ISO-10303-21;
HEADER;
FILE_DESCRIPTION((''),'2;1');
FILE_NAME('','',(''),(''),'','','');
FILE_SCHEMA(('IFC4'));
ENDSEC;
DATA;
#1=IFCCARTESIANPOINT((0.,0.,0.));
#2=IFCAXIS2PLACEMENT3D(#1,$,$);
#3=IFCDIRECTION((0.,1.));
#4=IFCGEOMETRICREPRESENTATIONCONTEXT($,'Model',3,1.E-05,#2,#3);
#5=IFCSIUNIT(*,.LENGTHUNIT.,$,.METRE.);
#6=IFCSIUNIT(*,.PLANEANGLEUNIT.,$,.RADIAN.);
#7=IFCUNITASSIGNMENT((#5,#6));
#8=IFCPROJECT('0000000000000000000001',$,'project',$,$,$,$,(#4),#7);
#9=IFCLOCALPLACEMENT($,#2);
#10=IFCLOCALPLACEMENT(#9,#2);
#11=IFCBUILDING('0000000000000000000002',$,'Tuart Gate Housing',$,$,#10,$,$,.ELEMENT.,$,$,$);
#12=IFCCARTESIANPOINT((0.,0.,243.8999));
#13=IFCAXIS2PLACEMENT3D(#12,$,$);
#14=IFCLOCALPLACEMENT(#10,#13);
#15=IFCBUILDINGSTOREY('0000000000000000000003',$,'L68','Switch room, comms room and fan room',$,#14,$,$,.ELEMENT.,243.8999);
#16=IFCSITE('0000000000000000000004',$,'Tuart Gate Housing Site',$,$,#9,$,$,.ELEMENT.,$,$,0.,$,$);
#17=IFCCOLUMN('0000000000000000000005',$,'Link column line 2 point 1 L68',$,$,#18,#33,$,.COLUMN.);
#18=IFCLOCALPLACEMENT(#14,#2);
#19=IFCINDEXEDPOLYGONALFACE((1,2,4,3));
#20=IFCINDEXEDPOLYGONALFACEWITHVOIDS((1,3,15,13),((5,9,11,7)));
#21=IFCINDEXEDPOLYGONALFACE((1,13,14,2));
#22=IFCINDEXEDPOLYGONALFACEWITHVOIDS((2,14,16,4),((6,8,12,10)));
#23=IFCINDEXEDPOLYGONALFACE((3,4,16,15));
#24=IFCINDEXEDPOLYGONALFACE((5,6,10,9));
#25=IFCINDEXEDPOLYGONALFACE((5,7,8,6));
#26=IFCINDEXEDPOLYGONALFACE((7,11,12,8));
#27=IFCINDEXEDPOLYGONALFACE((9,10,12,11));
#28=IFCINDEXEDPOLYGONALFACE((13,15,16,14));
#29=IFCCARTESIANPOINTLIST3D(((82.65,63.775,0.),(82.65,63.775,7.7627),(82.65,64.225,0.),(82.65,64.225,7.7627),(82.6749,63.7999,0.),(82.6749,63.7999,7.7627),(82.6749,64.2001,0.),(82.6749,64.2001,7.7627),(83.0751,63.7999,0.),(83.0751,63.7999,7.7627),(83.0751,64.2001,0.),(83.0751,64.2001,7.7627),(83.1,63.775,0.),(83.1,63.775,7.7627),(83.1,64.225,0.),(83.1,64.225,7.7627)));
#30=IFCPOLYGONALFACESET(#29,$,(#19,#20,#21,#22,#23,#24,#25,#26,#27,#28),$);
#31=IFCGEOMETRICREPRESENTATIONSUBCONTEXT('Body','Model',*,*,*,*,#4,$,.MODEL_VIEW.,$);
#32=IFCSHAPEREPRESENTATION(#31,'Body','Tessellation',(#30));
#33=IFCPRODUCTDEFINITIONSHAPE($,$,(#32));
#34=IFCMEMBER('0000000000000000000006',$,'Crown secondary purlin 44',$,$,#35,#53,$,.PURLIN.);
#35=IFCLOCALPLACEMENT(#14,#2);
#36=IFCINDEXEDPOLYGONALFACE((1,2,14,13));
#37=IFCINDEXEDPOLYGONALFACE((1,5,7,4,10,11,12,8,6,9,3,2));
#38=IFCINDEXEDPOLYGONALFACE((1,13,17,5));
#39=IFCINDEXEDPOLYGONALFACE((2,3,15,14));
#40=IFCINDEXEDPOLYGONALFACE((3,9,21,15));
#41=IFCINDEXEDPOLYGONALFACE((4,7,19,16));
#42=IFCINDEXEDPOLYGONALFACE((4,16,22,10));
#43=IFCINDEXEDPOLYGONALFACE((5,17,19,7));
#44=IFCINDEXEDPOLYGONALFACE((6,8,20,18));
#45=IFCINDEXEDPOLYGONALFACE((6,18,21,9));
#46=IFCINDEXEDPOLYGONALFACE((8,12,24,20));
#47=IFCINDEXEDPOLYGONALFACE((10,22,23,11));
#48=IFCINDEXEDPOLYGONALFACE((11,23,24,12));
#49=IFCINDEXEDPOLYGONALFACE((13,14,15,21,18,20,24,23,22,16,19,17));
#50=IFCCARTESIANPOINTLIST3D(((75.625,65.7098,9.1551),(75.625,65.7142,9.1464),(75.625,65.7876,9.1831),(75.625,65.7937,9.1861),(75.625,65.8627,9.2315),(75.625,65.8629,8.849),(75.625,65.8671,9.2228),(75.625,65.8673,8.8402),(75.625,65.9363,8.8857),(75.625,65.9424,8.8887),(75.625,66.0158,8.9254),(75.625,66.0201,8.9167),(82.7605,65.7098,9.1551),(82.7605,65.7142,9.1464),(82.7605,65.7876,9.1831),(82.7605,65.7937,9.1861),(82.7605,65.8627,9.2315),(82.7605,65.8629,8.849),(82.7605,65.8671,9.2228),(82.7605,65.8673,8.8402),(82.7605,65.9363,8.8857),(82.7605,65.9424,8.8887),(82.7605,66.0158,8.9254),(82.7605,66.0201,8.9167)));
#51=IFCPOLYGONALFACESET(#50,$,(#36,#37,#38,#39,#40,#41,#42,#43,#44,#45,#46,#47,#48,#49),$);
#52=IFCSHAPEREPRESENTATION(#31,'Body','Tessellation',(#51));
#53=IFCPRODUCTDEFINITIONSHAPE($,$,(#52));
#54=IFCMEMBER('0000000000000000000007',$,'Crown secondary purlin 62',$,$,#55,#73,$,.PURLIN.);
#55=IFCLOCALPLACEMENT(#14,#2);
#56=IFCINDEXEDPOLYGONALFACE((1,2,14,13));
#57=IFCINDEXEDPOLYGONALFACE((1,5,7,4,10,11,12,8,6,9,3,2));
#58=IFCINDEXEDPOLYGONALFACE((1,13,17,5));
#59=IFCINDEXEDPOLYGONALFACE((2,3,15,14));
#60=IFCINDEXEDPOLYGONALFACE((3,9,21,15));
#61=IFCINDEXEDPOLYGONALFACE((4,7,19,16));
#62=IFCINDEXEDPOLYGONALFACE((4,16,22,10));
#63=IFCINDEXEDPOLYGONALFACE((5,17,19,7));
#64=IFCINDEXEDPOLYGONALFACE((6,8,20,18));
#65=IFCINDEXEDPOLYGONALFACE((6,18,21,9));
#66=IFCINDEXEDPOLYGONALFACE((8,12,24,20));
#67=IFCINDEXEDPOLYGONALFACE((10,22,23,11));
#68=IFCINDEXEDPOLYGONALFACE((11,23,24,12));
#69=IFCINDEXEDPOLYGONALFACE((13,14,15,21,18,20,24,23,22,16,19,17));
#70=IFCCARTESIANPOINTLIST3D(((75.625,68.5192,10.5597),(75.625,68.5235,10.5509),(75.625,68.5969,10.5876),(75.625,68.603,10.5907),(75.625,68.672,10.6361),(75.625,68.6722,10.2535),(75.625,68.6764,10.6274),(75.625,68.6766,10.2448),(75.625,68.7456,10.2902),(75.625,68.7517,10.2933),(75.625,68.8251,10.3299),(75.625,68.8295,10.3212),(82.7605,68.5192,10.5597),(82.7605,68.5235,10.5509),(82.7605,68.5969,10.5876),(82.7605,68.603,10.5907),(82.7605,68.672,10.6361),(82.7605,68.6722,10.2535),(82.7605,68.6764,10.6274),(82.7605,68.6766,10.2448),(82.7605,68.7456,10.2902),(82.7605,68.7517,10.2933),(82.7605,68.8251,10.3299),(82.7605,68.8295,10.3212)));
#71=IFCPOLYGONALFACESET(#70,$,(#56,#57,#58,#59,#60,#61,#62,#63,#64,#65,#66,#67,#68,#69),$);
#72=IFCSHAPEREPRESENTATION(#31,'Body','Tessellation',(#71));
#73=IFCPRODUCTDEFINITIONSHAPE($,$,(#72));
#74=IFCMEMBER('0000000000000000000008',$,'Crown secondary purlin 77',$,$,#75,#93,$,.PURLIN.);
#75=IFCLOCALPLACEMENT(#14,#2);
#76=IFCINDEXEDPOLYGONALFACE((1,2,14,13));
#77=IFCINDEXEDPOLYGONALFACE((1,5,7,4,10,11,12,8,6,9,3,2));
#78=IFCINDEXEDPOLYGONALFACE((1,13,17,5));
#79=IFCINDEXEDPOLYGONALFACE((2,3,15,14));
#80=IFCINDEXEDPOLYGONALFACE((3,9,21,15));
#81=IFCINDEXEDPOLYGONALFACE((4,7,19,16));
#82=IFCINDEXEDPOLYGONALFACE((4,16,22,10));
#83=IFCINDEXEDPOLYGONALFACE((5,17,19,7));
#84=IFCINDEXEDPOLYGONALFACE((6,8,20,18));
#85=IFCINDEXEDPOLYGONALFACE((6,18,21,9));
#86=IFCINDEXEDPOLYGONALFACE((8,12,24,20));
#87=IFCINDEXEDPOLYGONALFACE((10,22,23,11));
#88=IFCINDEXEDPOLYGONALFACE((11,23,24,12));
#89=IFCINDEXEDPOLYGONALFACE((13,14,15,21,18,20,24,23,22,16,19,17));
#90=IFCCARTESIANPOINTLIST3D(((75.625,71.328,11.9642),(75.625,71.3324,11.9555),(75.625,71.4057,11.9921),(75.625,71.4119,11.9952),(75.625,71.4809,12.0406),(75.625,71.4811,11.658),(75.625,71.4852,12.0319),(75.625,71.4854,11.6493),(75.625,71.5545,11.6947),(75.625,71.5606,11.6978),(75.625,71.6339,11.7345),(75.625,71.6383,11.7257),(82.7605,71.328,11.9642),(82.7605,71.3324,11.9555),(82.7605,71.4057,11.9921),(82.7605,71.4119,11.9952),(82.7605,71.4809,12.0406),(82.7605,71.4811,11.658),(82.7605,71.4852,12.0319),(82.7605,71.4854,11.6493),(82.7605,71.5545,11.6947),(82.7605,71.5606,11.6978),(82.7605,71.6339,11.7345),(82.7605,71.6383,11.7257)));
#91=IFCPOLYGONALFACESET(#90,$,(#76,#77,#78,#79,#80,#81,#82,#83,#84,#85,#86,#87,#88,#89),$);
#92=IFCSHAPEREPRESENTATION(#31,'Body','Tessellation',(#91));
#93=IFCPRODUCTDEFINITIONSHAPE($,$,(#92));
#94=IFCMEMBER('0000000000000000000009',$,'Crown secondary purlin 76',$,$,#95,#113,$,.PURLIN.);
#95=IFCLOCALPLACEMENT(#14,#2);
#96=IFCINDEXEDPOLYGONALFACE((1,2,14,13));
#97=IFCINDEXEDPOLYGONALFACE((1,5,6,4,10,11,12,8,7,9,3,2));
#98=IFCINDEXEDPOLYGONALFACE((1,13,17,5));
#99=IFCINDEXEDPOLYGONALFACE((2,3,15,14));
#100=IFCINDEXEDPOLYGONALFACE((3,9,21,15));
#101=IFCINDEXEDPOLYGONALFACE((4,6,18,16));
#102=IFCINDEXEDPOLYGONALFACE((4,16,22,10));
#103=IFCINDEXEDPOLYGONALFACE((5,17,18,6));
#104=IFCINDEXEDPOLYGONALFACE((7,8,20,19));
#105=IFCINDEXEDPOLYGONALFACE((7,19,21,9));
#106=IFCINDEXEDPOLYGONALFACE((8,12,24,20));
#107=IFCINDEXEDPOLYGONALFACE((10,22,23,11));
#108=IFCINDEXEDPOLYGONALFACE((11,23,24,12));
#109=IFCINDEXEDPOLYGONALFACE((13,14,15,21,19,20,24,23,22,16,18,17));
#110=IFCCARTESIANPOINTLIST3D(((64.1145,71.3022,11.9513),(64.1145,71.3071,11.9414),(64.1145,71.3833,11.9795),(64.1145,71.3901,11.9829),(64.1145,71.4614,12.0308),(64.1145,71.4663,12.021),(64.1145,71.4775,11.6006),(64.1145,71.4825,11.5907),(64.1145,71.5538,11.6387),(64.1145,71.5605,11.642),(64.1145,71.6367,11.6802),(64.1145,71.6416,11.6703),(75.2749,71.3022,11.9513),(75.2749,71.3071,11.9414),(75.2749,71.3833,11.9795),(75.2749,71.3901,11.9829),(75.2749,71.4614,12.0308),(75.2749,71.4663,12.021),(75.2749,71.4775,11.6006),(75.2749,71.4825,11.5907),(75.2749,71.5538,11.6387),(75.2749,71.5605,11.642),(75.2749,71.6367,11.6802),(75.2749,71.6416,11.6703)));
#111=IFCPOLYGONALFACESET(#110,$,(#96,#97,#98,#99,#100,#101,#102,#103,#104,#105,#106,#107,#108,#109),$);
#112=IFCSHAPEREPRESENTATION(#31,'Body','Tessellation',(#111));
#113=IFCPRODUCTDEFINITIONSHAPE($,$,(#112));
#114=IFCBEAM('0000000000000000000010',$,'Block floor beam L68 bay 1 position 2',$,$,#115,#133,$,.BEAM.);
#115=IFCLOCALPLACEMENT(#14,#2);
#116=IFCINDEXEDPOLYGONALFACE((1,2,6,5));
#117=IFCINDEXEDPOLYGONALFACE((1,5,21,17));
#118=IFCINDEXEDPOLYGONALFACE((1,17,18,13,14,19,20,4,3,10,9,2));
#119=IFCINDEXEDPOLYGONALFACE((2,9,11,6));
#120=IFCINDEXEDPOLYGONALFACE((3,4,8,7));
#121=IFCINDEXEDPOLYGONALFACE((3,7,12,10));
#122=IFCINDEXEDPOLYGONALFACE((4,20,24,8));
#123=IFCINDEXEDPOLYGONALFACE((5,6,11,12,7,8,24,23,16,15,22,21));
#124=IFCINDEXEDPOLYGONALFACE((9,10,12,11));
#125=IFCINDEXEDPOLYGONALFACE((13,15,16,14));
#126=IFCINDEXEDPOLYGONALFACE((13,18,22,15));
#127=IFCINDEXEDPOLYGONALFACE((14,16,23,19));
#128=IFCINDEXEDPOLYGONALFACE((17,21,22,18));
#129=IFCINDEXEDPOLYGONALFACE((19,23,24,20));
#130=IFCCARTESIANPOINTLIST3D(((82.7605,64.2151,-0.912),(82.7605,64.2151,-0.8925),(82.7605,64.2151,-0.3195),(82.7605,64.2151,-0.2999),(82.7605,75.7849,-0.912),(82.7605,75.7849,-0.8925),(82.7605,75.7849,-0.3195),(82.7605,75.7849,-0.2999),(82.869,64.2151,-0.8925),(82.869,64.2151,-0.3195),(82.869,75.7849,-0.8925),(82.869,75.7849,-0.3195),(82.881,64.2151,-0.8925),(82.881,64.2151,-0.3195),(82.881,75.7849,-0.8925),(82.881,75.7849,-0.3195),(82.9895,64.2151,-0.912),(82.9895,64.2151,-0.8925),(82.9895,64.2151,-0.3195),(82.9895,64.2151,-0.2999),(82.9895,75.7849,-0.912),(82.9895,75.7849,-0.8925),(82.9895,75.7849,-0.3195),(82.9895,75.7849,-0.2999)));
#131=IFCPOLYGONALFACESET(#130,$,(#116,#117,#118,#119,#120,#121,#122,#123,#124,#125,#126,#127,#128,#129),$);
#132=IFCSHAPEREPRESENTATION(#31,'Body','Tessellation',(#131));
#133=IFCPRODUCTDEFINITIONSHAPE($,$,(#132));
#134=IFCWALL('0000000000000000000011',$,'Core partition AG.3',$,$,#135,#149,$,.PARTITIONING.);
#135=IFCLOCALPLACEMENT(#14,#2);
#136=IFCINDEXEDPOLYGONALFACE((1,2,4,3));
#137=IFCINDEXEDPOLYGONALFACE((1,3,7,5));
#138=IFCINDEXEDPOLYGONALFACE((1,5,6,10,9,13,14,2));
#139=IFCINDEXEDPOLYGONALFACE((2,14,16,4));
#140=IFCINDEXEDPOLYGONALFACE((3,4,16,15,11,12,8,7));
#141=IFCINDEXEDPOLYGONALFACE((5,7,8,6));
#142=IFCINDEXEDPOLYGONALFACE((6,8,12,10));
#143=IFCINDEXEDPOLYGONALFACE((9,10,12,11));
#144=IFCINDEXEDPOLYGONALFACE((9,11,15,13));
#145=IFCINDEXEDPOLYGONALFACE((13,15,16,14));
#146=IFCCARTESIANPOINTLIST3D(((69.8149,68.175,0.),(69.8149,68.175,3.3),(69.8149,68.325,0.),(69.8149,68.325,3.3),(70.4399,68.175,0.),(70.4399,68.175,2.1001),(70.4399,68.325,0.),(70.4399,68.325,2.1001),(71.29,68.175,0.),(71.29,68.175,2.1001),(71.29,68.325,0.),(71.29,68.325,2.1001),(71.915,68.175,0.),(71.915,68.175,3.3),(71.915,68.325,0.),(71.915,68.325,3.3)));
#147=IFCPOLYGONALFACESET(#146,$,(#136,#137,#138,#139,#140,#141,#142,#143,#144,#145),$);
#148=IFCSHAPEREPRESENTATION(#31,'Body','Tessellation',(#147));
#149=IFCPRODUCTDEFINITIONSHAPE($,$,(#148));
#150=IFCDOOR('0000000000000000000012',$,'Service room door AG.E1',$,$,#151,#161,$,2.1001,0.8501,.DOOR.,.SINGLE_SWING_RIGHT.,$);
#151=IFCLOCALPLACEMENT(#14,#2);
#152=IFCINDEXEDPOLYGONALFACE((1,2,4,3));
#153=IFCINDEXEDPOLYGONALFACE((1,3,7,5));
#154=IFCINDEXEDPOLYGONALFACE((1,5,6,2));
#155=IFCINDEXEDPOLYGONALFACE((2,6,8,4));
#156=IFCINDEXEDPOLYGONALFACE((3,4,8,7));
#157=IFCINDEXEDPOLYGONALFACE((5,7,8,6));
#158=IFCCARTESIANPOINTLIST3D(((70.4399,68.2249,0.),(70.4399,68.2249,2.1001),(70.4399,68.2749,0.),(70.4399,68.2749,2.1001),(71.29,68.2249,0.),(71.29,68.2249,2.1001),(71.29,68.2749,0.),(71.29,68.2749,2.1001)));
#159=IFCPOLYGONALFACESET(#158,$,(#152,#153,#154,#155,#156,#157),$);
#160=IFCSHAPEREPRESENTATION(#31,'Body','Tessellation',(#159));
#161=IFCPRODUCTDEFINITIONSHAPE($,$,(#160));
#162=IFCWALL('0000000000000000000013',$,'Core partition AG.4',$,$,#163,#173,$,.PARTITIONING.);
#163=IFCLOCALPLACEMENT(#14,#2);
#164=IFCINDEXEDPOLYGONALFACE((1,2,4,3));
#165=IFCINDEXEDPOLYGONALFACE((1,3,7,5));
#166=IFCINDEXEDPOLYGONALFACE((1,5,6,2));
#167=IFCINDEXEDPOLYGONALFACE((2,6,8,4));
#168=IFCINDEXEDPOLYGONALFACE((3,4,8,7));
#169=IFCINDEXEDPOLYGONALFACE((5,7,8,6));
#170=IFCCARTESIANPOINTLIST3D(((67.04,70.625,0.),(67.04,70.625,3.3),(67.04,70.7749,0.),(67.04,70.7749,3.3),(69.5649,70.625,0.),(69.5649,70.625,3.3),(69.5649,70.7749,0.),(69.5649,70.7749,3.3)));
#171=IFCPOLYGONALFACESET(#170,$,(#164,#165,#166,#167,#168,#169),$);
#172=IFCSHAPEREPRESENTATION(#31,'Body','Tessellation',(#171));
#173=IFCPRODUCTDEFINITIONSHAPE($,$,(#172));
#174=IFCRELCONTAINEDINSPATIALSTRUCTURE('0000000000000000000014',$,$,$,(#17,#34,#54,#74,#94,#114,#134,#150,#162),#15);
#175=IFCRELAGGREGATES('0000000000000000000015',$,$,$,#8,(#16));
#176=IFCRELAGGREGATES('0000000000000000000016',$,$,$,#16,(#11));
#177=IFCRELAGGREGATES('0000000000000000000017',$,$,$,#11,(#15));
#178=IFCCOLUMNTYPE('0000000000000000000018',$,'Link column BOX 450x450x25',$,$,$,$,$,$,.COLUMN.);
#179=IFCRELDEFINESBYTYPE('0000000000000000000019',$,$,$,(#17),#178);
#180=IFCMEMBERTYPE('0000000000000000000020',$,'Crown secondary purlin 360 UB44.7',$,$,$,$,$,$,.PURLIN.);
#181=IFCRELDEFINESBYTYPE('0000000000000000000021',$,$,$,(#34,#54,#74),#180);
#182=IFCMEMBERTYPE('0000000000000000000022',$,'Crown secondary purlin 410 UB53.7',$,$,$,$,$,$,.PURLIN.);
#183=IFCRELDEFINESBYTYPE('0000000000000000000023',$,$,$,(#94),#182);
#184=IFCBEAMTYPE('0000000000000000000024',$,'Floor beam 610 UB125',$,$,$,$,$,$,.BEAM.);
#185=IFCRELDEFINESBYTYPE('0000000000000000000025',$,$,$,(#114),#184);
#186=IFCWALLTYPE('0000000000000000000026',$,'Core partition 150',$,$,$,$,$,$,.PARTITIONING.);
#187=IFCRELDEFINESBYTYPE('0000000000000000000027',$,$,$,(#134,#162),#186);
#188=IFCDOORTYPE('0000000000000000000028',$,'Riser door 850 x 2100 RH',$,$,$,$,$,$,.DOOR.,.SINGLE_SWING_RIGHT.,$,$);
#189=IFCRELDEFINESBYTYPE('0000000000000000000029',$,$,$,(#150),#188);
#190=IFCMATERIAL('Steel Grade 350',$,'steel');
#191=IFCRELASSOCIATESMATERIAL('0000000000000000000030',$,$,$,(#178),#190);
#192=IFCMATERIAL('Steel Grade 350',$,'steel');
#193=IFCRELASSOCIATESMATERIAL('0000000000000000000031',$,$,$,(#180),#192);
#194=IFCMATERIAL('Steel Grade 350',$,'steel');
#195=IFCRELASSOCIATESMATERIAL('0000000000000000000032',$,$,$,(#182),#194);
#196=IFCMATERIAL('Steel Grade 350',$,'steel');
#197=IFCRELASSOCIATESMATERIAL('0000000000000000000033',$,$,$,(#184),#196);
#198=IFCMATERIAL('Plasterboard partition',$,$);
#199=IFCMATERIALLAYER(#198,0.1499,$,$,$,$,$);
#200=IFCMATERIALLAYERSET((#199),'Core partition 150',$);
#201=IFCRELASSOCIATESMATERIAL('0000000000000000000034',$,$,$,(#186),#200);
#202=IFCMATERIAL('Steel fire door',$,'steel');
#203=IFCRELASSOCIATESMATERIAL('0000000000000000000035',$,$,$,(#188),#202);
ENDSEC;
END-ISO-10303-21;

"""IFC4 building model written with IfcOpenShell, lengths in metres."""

from ifc_helpers import new_model, si_unit, direction, frame, frame_2d, origin, origin_2d, place, context, subcontext, project, spatial, rectangle, hollow_rectangle, i_section, extrude, material, layer, layer_set, material_profile, profile_set, type_object, element, fill, save


model = new_model("IFC4")

# Units and contexts
model_context = context("Model", 3, precision=1e-05, world=origin(), true_north=direction((0.0, 1.0)))
body_context = subcontext(model_context, "Body", "Model", "MODEL_VIEW")
ifc_project = project(units=[si_unit("LENGTHUNIT", "METRE"), si_unit("PLANEANGLEUNIT", "RADIAN")], contexts=[model_context])

# Site, building, storey
site_placement = place(None, origin())
site = spatial("IfcSite", under=ifc_project, at=site_placement, Name="Tuart Gate Housing Site", CompositionType="ELEMENT", RefElevation=0.0)
building_placement = place(site_placement, origin())
building = spatial("IfcBuilding", under=site, at=building_placement, Name="Tuart Gate Housing", CompositionType="ELEMENT")
storey_placement = place(building_placement, frame((0.0, 0.0, 243.8999)))
storey = spatial("IfcBuildingStorey", under=building, at=storey_placement, Name="L68", Description="Switch room, comms room and fan room", CompositionType="ELEMENT", Elevation=243.8999)

# Column
ifc_material_1 = material(Name="Steel Grade 350", Category="steel")
ifc_material_profile_1 = material_profile(ifc_material_1, hollow_rectangle(XDim=0.45, YDim=0.45, WallThickness=0.0249, at=origin_2d()), Name="BOX 450x450x25")
ifc_profile_set_1 = profile_set([ifc_material_profile_1], Name="Steel Grade 350")
column_type = type_object("IfcColumnType", Name="Link column BOX 450x450x25", PredefinedType="COLUMN", material=ifc_profile_set_1)
column_placement = place(storey_placement, frame((82.875, 64.0, 0.0), z_axis=(0.0, 0.0, 1.0), x_axis=(1.0, 0.0, 0.0)))
element("IfcColumn", 1, at=column_placement, inside=storey, type_object=column_type, Name="Link column line 2 point 1 L68", PredefinedType="COLUMN", context=body_context, shape_type="SweptSolid", body=[
    extrude(hollow_rectangle(XDim=0.45, YDim=0.45, WallThickness=0.0249, at=origin_2d()), origin(), (0.0, 0.0, 1.0), 7.7627),
])

# Members
ifc_material_2 = material(Name="Steel Grade 350", Category="steel")
ifc_material_profile_2 = material_profile(ifc_material_2, i_section(OverallWidth=0.1709, OverallDepth=0.3521, WebThickness=0.0068, FlangeThickness=0.0098, at=origin_2d()), Name="360UB44.7")
ifc_profile_set_2 = profile_set([ifc_material_profile_2], Name="Steel Grade 350")
member_type_1 = type_object("IfcMemberType", Name="Crown secondary purlin 360 UB44.7", PredefinedType="PURLIN", material=ifc_profile_set_2)
for number, where, z_axis, x_axis, name in (
    (2, (75.625, 65.865, 9.0359), (1.0, 0.0, 0.0), (0.0, 0.894427, 0.447214), "Crown secondary purlin 44"),
    (3, (75.625, 68.6743, 10.4404), (1.0, 0.0, 0.0), (0.0, 0.894427, 0.447214), "Crown secondary purlin 62"),
    (4, (75.625, 71.4832, 11.845), (1.0, 0.0, 0.0), (0.0, 0.894427, 0.447214), "Crown secondary purlin 77"),
):
    element("IfcMember", number, at=place(storey_placement, frame(where, z_axis=z_axis, x_axis=x_axis)), inside=storey, type_object=member_type_1, Name=name, PredefinedType="PURLIN", context=body_context, shape_type="SweptSolid", body=[
        extrude(i_section(OverallWidth=0.1709, OverallDepth=0.3521, WebThickness=0.0068, FlangeThickness=0.0098, at=origin_2d()), origin(), (0.0, 0.0, 1.0), 7.1355),
    ])
ifc_material_3 = material(Name="Steel Grade 350", Category="steel")
ifc_material_profile_3 = material_profile(ifc_material_3, i_section(OverallWidth=0.178, OverallDepth=0.4031, WebThickness=0.0076, FlangeThickness=0.011, at=origin_2d()), Name="410UB53.7")
ifc_profile_set_3 = profile_set([ifc_material_profile_3], Name="Steel Grade 350")
member_type_2 = type_object("IfcMemberType", Name="Crown secondary purlin 410 UB53.7", PredefinedType="PURLIN", material=ifc_profile_set_3)
member_placement = place(storey_placement, frame((64.1145, 71.4719, 11.8108), z_axis=(1.0, 0.0, 0.0), x_axis=(0.0, 0.894427, 0.447214)))
element("IfcMember", 5, at=member_placement, inside=storey, type_object=member_type_2, Name="Crown secondary purlin 76", PredefinedType="PURLIN", context=body_context, shape_type="SweptSolid", body=[
    extrude(i_section(OverallWidth=0.178, OverallDepth=0.4031, WebThickness=0.0076, FlangeThickness=0.011, at=origin_2d()), origin(), (0.0, 0.0, 1.0), 11.1604),
])

# Beam
ifc_material_4 = material(Name="Steel Grade 350", Category="steel")
ifc_material_profile_4 = material_profile(ifc_material_4, i_section(OverallWidth=0.229, OverallDepth=0.6121, WebThickness=0.012, FlangeThickness=0.0195, at=origin_2d()), Name="610UB125")
ifc_profile_set_4 = profile_set([ifc_material_profile_4], Name="Steel Grade 350")
beam_type = type_object("IfcBeamType", Name="Floor beam 610 UB125", PredefinedType="BEAM", material=ifc_profile_set_4)
beam_placement = place(storey_placement, frame((82.875, 64.2151, -0.606), z_axis=(0.0, 1.0, 0.0), x_axis=(-1.0, 0.0, 0.0)))
element("IfcBeam", 6, at=beam_placement, inside=storey, type_object=beam_type, Name="Block floor beam L68 bay 1 position 2", PredefinedType="BEAM", context=body_context, shape_type="SweptSolid", body=[
    extrude(i_section(OverallWidth=0.229, OverallDepth=0.6121, WebThickness=0.012, FlangeThickness=0.0195, at=origin_2d()), origin(), (0.0, 0.0, 1.0), 11.5698),
])

# Wall, opening, door
ifc_material_5 = material(Name="Plasterboard partition")
ifc_layer_1 = layer(ifc_material_5, 0.1499)
ifc_layer_set_1 = layer_set([ifc_layer_1], Name="Core partition 150")
wall_type_1 = type_object("IfcWallType", Name="Core partition 150", PredefinedType="PARTITIONING", material=ifc_layer_set_1)
wall_1_placement = place(storey_placement, frame((69.8149, 68.25, 0.0), z_axis=(0.0, 0.0, 1.0), x_axis=(1.0, 0.0, 0.0)))
wall_1 = element("IfcWall", 7, at=wall_1_placement, inside=storey, type_object=wall_type_1, Name="Core partition AG.3", PredefinedType="PARTITIONING", context=body_context, shape_type="SweptSolid", body=[
    extrude(rectangle(XDim=2.1001, YDim=0.1499, at=frame_2d((1.05, 0.0))), origin(), (0.0, 0.0, 1.0), 3.3),
])
opening_1_placement = place(wall_1_placement, frame((0.625, 0.0, 0.0)))
opening_1 = element("IfcOpeningElement", 8, at=opening_1_placement, cuts=wall_1, PredefinedType="OPENING", context=body_context, shape_type="SweptSolid", body=[
    extrude(rectangle(XDim=0.8501, YDim=2.1001, at=frame_2d((0.425, 1.05))), frame((0.0, 0.085, 0.0), z_axis=(0.0, -1.0, 0.0), x_axis=(1.0, 0.0, 0.0)), (0.0, 0.0, 1.0), 0.1699),
])
ifc_material_6 = material(Name="Steel fire door", Category="steel")
door_type_1 = type_object("IfcDoorType", Name="Riser door 850 x 2100 RH", OperationType="SINGLE_SWING_RIGHT", PredefinedType="DOOR", material=ifc_material_6)
door_1_placement = place(opening_1_placement, frame((0.8501, 0.0, 0.0), z_axis=(0.0, 0.0, 1.0), x_axis=(-1.0, 0.0, 0.0)))
door_1 = element("IfcDoor", 9, at=door_1_placement, inside=storey, type_object=door_type_1, Name="Service room door AG.E1", OperationType="SINGLE_SWING_RIGHT", OverallHeight=2.1001, OverallWidth=0.8501, PredefinedType="DOOR", context=body_context, shape_type="SweptSolid", body=[
    extrude(rectangle(XDim=0.8501, YDim=2.1001, at=frame_2d((0.425, 1.05))), frame((0.0, 0.0251, 0.0), z_axis=(0.0, -1.0, 0.0), x_axis=(1.0, 0.0, 0.0)), (0.0, 0.0, 1.0), 0.05),
])
fill(opening_1, door_1)

# Wall
wall_2_placement = place(storey_placement, frame((67.04, 70.7, 0.0), z_axis=(0.0, 0.0, 1.0), x_axis=(1.0, 0.0, 0.0)))
element("IfcWall", 10, at=wall_2_placement, inside=storey, type_object=wall_type_1, Name="Core partition AG.4", PredefinedType="PARTITIONING", context=body_context, shape_type="SweptSolid", body=[
    extrude(rectangle(XDim=2.5249, YDim=0.1499, at=frame_2d((1.2625, 0.0))), origin(), (0.0, 0.0, 1.0), 3.3),
])

save(model, "model.ifc")
